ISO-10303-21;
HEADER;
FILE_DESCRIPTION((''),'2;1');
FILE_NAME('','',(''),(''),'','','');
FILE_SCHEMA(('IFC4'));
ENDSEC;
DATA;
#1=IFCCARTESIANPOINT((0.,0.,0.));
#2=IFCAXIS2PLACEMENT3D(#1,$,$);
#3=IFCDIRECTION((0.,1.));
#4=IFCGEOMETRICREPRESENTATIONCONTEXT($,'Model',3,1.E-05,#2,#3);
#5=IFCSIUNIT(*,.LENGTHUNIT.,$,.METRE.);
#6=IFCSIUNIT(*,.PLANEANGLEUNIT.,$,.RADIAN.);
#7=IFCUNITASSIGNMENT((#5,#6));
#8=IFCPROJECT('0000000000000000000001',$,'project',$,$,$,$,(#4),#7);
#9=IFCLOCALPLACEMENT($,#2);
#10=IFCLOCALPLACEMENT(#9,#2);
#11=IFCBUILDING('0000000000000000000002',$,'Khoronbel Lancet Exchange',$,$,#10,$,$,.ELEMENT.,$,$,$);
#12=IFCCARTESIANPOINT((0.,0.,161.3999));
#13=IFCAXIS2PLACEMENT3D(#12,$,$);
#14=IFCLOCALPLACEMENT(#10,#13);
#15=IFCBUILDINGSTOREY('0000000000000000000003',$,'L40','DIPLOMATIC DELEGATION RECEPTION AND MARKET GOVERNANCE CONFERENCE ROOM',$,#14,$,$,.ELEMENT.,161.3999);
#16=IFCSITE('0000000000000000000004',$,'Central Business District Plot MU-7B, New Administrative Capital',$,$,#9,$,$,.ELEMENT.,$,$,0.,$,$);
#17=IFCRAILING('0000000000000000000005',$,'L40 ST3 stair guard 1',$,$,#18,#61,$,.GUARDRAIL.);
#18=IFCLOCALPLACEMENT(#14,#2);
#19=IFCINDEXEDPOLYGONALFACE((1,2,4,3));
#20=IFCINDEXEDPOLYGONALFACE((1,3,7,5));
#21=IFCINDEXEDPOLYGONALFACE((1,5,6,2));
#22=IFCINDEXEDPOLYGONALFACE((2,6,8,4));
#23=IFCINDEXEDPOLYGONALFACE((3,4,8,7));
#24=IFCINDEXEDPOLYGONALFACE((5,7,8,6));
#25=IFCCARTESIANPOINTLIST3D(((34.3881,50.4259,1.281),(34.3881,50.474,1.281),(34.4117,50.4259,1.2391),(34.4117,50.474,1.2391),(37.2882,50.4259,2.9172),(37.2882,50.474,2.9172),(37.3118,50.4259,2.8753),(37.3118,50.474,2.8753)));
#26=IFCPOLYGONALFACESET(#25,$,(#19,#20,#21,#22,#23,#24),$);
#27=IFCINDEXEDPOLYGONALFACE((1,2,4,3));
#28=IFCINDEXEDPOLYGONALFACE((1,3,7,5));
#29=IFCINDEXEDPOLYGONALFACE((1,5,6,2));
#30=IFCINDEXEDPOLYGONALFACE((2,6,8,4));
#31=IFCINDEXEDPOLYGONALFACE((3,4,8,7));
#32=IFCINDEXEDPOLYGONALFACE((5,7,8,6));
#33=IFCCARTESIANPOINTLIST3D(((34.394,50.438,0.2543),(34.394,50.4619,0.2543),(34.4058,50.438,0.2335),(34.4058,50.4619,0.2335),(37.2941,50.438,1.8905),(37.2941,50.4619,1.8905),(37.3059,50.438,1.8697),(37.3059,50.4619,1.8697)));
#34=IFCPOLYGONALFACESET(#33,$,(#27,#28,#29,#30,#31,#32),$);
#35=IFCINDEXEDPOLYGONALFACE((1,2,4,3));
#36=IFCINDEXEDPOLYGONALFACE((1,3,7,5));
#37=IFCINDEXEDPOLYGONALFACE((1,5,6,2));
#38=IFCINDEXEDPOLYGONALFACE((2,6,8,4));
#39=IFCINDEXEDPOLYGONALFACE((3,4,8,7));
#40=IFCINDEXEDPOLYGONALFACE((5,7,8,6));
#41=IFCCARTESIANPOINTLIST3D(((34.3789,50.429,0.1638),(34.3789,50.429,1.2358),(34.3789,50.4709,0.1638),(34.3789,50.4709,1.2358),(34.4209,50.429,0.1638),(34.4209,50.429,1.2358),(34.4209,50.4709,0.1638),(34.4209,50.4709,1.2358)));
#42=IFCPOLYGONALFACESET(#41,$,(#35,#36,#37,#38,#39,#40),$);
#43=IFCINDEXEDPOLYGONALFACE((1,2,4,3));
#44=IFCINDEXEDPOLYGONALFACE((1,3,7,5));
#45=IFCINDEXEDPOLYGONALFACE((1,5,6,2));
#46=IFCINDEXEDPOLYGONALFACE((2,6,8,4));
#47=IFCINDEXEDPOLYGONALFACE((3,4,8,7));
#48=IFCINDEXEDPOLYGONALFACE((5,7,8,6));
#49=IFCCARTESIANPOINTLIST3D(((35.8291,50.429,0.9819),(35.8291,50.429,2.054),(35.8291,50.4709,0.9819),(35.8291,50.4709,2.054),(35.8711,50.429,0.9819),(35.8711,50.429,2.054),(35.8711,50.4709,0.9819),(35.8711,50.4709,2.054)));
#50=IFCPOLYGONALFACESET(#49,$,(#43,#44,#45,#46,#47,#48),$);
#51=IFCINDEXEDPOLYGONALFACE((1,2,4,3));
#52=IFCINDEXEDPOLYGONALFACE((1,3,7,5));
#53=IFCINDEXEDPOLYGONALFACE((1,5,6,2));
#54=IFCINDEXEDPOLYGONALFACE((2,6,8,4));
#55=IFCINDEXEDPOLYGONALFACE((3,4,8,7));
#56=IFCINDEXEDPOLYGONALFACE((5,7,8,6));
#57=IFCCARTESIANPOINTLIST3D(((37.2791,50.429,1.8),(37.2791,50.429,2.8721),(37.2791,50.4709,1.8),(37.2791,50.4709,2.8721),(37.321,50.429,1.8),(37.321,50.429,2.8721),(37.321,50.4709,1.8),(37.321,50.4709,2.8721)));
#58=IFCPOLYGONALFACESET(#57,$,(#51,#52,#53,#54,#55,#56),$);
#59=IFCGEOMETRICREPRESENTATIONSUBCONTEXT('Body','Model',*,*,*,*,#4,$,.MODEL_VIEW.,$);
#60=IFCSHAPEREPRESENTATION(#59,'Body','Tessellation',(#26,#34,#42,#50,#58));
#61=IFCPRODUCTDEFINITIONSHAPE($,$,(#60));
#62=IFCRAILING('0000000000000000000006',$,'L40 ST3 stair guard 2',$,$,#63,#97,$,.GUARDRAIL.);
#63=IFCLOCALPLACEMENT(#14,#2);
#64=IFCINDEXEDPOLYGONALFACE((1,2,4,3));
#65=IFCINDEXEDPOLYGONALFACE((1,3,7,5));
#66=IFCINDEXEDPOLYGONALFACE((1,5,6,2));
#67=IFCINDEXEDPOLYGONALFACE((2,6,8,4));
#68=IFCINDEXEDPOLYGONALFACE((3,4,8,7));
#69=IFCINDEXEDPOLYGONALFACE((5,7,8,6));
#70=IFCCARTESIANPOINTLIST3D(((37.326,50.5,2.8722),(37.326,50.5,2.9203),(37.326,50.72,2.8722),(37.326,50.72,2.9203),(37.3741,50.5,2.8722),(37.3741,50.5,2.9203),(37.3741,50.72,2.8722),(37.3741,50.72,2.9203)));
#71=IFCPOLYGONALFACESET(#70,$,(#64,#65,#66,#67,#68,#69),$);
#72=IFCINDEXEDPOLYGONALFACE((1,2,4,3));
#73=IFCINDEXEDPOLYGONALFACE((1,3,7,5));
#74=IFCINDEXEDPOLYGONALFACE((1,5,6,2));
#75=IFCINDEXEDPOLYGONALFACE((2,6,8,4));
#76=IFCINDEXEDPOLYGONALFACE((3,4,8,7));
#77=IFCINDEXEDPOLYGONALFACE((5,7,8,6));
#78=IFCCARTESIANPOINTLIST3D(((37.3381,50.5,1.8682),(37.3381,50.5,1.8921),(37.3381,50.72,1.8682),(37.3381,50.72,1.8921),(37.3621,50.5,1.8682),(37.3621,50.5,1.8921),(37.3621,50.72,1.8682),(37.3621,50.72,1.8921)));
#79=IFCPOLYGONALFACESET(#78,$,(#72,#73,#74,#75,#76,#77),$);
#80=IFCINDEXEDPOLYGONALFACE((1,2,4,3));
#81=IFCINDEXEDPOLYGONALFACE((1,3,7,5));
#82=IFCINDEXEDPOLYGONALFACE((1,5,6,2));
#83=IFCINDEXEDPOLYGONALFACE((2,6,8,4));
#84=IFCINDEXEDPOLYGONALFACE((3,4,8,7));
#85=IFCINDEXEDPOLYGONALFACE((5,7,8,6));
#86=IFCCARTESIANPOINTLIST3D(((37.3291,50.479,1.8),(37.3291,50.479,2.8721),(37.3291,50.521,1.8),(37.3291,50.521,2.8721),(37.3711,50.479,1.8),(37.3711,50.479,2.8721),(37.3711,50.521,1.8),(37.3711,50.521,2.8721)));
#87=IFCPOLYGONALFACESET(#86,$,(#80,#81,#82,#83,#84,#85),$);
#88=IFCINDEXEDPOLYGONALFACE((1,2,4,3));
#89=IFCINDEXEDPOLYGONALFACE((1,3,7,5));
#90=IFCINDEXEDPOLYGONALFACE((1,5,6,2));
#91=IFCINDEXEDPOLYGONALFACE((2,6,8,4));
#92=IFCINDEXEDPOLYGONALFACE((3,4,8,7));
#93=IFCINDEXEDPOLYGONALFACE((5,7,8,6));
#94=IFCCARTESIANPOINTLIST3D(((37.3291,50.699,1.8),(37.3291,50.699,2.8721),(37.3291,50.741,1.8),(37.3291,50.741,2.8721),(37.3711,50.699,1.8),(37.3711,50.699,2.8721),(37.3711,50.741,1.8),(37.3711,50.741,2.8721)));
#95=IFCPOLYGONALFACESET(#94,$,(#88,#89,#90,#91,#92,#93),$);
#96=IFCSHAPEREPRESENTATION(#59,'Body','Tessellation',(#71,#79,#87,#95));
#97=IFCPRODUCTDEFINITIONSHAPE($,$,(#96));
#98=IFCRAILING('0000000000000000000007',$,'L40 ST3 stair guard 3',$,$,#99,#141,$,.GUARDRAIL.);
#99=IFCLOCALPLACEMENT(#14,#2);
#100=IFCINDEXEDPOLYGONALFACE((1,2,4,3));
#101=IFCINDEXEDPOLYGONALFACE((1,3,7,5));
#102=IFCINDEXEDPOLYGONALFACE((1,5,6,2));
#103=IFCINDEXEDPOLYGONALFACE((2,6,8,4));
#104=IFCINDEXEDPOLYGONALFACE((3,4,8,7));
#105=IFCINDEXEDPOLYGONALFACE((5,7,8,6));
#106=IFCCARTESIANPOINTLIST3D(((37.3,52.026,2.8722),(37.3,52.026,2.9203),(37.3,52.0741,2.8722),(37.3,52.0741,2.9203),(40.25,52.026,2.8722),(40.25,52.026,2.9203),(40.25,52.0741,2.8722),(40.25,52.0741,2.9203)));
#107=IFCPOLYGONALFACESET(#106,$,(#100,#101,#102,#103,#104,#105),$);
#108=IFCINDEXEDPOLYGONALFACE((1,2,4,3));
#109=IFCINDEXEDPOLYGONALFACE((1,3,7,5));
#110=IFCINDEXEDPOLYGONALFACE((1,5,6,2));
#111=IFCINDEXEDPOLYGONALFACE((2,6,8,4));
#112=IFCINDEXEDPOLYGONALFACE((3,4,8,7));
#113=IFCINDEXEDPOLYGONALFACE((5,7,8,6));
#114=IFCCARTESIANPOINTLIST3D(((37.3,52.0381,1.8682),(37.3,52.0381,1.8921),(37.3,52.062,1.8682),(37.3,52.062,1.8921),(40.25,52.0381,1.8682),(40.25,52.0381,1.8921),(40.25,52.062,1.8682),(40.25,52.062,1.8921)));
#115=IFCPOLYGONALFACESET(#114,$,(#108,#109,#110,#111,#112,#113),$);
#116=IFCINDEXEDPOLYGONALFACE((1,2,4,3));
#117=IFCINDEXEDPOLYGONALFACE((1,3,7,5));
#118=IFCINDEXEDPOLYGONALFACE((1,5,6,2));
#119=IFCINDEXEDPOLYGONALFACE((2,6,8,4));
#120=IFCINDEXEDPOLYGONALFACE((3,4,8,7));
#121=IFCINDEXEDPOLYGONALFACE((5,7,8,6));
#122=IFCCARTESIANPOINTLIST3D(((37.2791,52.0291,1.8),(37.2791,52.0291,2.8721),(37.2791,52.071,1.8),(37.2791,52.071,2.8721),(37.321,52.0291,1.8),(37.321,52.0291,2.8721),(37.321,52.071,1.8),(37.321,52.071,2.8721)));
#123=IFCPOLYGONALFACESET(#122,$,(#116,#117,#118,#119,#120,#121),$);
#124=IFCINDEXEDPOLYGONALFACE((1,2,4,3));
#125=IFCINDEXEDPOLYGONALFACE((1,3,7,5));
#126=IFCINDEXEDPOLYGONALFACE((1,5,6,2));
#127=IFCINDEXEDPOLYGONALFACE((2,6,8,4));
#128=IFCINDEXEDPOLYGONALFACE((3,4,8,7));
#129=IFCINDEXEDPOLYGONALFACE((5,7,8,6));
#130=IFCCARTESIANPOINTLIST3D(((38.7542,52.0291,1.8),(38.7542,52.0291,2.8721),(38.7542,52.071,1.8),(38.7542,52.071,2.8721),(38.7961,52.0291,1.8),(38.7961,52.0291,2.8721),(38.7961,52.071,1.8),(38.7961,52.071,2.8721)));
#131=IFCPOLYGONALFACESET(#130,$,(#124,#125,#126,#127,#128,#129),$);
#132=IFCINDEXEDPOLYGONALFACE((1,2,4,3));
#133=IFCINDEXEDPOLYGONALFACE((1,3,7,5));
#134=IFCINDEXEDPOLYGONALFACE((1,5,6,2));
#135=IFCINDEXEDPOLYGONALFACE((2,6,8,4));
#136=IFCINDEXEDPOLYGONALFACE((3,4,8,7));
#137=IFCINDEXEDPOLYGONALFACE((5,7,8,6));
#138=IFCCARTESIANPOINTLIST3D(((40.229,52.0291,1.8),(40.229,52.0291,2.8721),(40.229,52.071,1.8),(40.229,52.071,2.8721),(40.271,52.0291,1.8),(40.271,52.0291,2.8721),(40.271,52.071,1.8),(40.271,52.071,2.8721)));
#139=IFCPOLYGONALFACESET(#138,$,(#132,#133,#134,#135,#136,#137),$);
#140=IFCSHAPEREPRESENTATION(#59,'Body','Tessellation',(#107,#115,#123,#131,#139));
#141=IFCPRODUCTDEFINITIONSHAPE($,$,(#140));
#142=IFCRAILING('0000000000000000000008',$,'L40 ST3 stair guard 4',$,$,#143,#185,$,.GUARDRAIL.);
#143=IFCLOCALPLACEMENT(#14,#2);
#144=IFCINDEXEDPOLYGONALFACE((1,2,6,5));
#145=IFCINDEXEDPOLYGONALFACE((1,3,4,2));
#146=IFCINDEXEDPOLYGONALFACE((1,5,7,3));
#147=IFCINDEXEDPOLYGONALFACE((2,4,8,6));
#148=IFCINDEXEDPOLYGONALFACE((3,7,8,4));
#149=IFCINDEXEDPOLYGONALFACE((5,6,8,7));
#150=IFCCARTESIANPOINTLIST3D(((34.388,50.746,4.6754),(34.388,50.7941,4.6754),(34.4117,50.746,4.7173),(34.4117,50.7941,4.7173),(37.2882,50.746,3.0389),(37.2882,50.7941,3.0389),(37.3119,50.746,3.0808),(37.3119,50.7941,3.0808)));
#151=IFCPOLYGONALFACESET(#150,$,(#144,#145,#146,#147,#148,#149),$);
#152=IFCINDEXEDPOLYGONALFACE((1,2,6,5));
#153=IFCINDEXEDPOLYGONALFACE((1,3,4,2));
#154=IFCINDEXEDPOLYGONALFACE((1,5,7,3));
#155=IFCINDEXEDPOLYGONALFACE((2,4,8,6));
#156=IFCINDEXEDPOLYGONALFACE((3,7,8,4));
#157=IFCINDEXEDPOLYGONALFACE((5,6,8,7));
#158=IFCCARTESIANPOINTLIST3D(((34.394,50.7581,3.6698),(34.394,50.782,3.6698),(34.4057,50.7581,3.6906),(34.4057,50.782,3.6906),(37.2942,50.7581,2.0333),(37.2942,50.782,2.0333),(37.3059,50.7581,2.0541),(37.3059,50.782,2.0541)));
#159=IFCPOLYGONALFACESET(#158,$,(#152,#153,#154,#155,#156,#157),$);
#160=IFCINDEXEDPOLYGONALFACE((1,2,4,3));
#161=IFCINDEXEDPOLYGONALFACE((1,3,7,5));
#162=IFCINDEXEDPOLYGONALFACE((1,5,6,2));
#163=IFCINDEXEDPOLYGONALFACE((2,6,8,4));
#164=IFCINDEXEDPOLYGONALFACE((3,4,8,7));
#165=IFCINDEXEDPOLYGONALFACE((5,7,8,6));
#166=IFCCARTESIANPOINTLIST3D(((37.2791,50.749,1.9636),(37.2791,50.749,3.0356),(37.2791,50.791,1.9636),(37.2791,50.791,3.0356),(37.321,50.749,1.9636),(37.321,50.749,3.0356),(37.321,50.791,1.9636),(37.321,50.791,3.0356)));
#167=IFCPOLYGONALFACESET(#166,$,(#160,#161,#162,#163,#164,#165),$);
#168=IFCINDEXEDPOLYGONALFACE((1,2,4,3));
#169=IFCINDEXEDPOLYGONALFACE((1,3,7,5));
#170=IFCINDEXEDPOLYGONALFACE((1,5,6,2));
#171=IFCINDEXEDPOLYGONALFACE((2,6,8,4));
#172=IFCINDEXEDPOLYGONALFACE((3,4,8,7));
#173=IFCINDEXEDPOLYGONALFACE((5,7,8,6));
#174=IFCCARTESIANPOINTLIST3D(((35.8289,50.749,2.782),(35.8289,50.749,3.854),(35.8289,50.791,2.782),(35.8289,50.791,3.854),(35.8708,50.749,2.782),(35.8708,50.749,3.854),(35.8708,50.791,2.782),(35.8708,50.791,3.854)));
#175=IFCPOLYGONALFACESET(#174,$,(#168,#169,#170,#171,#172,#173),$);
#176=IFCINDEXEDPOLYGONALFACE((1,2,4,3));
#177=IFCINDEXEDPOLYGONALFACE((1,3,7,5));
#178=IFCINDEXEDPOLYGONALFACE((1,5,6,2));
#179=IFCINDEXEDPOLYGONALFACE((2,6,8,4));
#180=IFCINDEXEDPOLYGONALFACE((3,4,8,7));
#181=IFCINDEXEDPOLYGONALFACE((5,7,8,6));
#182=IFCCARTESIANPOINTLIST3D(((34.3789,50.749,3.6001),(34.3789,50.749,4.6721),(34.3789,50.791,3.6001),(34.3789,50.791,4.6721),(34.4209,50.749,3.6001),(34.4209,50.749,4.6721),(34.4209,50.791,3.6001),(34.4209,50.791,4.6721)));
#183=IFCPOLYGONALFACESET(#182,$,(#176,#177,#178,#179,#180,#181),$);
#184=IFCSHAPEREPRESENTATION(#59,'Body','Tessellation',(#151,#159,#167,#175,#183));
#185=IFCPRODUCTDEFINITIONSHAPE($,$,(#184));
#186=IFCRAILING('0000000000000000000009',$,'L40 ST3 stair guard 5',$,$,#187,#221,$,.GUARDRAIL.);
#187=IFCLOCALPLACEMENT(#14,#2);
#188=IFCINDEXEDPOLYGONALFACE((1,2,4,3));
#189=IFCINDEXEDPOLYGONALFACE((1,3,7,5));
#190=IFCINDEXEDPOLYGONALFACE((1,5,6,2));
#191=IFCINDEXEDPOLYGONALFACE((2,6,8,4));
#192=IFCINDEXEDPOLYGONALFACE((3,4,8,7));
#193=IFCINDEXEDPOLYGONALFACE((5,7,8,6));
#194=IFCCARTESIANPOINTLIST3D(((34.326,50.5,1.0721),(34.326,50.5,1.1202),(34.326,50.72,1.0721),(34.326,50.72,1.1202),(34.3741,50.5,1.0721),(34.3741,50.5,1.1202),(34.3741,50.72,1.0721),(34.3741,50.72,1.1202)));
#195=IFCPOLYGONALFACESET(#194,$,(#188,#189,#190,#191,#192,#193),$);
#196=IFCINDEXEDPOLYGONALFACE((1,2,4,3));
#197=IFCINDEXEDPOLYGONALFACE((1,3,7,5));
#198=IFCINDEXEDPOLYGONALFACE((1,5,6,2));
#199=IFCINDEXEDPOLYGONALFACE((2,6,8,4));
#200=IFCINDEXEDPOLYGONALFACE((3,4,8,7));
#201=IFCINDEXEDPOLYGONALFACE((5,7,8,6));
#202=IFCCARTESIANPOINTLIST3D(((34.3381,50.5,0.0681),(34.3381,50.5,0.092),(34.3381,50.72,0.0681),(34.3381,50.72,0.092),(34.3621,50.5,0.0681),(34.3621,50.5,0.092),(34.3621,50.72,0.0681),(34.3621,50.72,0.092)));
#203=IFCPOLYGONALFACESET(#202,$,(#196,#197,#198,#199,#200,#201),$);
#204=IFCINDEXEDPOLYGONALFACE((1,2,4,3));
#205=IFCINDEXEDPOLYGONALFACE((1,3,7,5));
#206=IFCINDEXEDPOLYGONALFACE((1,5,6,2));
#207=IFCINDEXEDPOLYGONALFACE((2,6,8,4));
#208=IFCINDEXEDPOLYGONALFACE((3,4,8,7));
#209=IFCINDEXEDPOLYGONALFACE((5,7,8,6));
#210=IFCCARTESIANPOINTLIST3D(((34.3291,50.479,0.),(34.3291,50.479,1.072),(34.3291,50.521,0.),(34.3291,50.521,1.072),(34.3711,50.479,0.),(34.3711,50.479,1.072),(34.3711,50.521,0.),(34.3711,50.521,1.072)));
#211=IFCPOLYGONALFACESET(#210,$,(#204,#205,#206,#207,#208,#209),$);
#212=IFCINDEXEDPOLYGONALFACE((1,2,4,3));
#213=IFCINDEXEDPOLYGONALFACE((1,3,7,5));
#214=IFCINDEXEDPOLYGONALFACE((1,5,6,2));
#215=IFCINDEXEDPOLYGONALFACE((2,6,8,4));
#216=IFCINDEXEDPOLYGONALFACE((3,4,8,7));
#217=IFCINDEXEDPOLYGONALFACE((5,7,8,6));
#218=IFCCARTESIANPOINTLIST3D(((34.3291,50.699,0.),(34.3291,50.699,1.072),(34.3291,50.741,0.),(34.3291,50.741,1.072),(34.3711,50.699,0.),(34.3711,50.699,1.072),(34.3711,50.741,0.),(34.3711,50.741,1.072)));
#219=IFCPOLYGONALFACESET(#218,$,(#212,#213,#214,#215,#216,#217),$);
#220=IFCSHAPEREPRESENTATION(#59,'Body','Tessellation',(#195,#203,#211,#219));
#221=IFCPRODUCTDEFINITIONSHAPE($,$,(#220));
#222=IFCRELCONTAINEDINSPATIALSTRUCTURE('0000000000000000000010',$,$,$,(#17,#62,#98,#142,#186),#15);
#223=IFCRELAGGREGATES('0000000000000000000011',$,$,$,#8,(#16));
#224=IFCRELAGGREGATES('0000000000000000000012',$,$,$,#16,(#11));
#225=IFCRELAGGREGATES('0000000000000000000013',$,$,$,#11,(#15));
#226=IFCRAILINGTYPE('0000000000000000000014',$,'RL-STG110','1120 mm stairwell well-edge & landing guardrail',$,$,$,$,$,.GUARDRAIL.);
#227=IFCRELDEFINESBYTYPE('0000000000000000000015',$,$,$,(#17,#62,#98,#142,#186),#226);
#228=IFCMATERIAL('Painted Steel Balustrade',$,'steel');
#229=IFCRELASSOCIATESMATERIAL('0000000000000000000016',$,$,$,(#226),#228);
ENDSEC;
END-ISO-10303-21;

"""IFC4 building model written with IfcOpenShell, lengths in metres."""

from ifc_helpers import new_model, si_unit, direction, frame, origin, origin_2d, place, context, subcontext, project, spatial, rectangle, extrude, material, type_object, element, save


model = new_model("IFC4")

# Units and contexts
model_context = context("Model", 3, precision=1e-05, world=origin(), true_north=direction((0.0, 1.0)))
body_context = subcontext(model_context, "Body", "Model", "MODEL_VIEW")
ifc_project = project(units=[si_unit("LENGTHUNIT", "METRE"), si_unit("PLANEANGLEUNIT", "RADIAN")], contexts=[model_context])

# Site, building, storey
site_placement = place(None, origin())
site = spatial("IfcSite", under=ifc_project, at=site_placement, Name="Central Business District Plot MU-7B, New Administrative Capital", CompositionType="ELEMENT", RefElevation=0.0)
building_placement = place(site_placement, origin())
building = spatial("IfcBuilding", under=site, at=building_placement, Name="Khoronbel Lancet Exchange", CompositionType="ELEMENT")
storey_placement = place(building_placement, frame((0.0, 0.0, 161.3999)))
storey = spatial("IfcBuildingStorey", under=building, at=storey_placement, Name="L40", Description="DIPLOMATIC DELEGATION RECEPTION AND MARKET GOVERNANCE CONFERENCE ROOM", CompositionType="ELEMENT", Elevation=161.3999)

# Railings
ifc_material_1 = material(Name="Painted Steel Balustrade", Category="steel")
railing_type_1 = type_object("IfcRailingType", Name="RL-STG110", Description="1120 mm stairwell well-edge & landing guardrail", PredefinedType="GUARDRAIL", material=ifc_material_1)
railing_1_placement = place(storey_placement, frame((34.3999, 50.45, 0.1638)))
element("IfcRailing", 1, at=railing_1_placement, inside=storey, type_object=railing_type_1, Name="L40 ST3 stair guard 1", PredefinedType="GUARDRAIL", context=body_context, shape_type="SweptSolid", body=[
    extrude(rectangle(XDim=0.0481, YDim=0.0481, at=origin_2d()), frame((0.0, 0.0, 1.0962), z_axis=(0.870946, 0.0, 0.491378), x_axis=(0.0, 1.0, 0.0)), (0.0, 0.0, 1.0), 3.3298),
    extrude(rectangle(XDim=0.0239, YDim=0.0239, at=origin_2d()), frame((0.0, 0.0, 0.0801), z_axis=(0.870946, 0.0, 0.491378), x_axis=(0.0, 1.0, 0.0)), (0.0, 0.0, 1.0), 3.3298),
    extrude(rectangle(XDim=0.042, YDim=0.042, at=origin_2d()), origin(), (0.0, 0.0, 1.0), 1.072),
    extrude(rectangle(XDim=0.042, YDim=0.042, at=origin_2d()), frame((1.4502, 0.0, 0.8181)), (0.0, 0.0, 1.0), 1.072),
    extrude(rectangle(XDim=0.042, YDim=0.042, at=origin_2d()), frame((2.9001, 0.0, 1.6362)), (0.0, 0.0, 1.0), 1.072),
])
railing_2_placement = place(storey_placement, frame((37.3501, 50.5, 1.8)))
element("IfcRailing", 2, at=railing_2_placement, inside=storey, type_object=railing_type_1, Name="L40 ST3 stair guard 2", PredefinedType="GUARDRAIL", context=body_context, shape_type="SweptSolid", body=[
    extrude(rectangle(XDim=0.0481, YDim=0.0481, at=origin_2d()), frame((0.0, 0.0, 1.0962), z_axis=(0.0, 1.0, 0.0), x_axis=(-1.0, 0.0, 0.0)), (0.0, 0.0, 1.0), 0.22),
    extrude(rectangle(XDim=0.0239, YDim=0.0239, at=origin_2d()), frame((0.0, 0.0, 0.0801), z_axis=(0.0, 1.0, 0.0), x_axis=(-1.0, 0.0, 0.0)), (0.0, 0.0, 1.0), 0.22),
    extrude(rectangle(XDim=0.042, YDim=0.042, at=origin_2d()), origin(), (0.0, 0.0, 1.0), 1.072),
    extrude(rectangle(XDim=0.042, YDim=0.042, at=origin_2d()), frame((0.0, 0.22, 0.0)), (0.0, 0.0, 1.0), 1.072),
])
railing_3_placement = place(storey_placement, frame((37.3, 52.05, 1.8)))
element("IfcRailing", 3, at=railing_3_placement, inside=storey, type_object=railing_type_1, Name="L40 ST3 stair guard 3", PredefinedType="GUARDRAIL", context=body_context, shape_type="SweptSolid", body=[
    extrude(rectangle(XDim=0.0481, YDim=0.0481, at=origin_2d()), frame((0.0, 0.0, 1.0962), z_axis=(1.0, 0.0, 0.0), x_axis=(0.0, 1.0, 0.0)), (0.0, 0.0, 1.0), 2.95),
    extrude(rectangle(XDim=0.0239, YDim=0.0239, at=origin_2d()), frame((0.0, 0.0, 0.0801), z_axis=(1.0, 0.0, 0.0), x_axis=(0.0, 1.0, 0.0)), (0.0, 0.0, 1.0), 2.95),
    extrude(rectangle(XDim=0.042, YDim=0.042, at=origin_2d()), origin(), (0.0, 0.0, 1.0), 1.072),
    extrude(rectangle(XDim=0.042, YDim=0.042, at=origin_2d()), frame((1.4751, 0.0, 0.0)), (0.0, 0.0, 1.0), 1.072),
    extrude(rectangle(XDim=0.042, YDim=0.042, at=origin_2d()), frame((2.95, 0.0, 0.0)), (0.0, 0.0, 1.0), 1.072),
])
railing_4_placement = place(storey_placement, frame((37.3, 50.77, 1.9636)))
element("IfcRailing", 4, at=railing_4_placement, inside=storey, type_object=railing_type_1, Name="L40 ST3 stair guard 4", PredefinedType="GUARDRAIL", context=body_context, shape_type="SweptSolid", body=[
    extrude(rectangle(XDim=0.0481, YDim=0.0481, at=origin_2d()), frame((0.0, 0.0, 1.0962), z_axis=(-0.870915, 0.0, 0.491434), x_axis=(0.0, -1.0, 0.0)), (0.0, 0.0, 1.0), 3.3301),
    extrude(rectangle(XDim=0.0239, YDim=0.0239, at=origin_2d()), frame((0.0, 0.0, 0.0801), z_axis=(-0.870915, 0.0, 0.491434), x_axis=(0.0, -1.0, 0.0)), (0.0, 0.0, 1.0), 3.3301),
    extrude(rectangle(XDim=0.042, YDim=0.042, at=origin_2d()), origin(), (0.0, 0.0, 1.0), 1.072),
    extrude(rectangle(XDim=0.042, YDim=0.042, at=origin_2d()), frame((-1.4502, 0.0, 0.8184)), (0.0, 0.0, 1.0), 1.072),
    extrude(rectangle(XDim=0.042, YDim=0.042, at=origin_2d()), frame((-2.9001, 0.0, 1.6365)), (0.0, 0.0, 1.0), 1.072),
])
railing_5_placement = place(storey_placement, frame((34.3501, 50.5, 0.0)))
element("IfcRailing", 5, at=railing_5_placement, inside=storey, type_object=railing_type_1, Name="L40 ST3 stair guard 5", PredefinedType="GUARDRAIL", context=body_context, shape_type="SweptSolid", body=[
    extrude(rectangle(XDim=0.0481, YDim=0.0481, at=origin_2d()), frame((0.0, 0.0, 1.0962), z_axis=(0.0, 1.0, 0.0), x_axis=(-1.0, 0.0, 0.0)), (0.0, 0.0, 1.0), 0.22),
    extrude(rectangle(XDim=0.0239, YDim=0.0239, at=origin_2d()), frame((0.0, 0.0, 0.0801), z_axis=(0.0, 1.0, 0.0), x_axis=(-1.0, 0.0, 0.0)), (0.0, 0.0, 1.0), 0.22),
    extrude(rectangle(XDim=0.042, YDim=0.042, at=origin_2d()), origin(), (0.0, 0.0, 1.0), 1.072),
    extrude(rectangle(XDim=0.042, YDim=0.042, at=origin_2d()), frame((0.0, 0.22, 0.0)), (0.0, 0.0, 1.0), 1.072),
])

save(model, "model.ifc")
